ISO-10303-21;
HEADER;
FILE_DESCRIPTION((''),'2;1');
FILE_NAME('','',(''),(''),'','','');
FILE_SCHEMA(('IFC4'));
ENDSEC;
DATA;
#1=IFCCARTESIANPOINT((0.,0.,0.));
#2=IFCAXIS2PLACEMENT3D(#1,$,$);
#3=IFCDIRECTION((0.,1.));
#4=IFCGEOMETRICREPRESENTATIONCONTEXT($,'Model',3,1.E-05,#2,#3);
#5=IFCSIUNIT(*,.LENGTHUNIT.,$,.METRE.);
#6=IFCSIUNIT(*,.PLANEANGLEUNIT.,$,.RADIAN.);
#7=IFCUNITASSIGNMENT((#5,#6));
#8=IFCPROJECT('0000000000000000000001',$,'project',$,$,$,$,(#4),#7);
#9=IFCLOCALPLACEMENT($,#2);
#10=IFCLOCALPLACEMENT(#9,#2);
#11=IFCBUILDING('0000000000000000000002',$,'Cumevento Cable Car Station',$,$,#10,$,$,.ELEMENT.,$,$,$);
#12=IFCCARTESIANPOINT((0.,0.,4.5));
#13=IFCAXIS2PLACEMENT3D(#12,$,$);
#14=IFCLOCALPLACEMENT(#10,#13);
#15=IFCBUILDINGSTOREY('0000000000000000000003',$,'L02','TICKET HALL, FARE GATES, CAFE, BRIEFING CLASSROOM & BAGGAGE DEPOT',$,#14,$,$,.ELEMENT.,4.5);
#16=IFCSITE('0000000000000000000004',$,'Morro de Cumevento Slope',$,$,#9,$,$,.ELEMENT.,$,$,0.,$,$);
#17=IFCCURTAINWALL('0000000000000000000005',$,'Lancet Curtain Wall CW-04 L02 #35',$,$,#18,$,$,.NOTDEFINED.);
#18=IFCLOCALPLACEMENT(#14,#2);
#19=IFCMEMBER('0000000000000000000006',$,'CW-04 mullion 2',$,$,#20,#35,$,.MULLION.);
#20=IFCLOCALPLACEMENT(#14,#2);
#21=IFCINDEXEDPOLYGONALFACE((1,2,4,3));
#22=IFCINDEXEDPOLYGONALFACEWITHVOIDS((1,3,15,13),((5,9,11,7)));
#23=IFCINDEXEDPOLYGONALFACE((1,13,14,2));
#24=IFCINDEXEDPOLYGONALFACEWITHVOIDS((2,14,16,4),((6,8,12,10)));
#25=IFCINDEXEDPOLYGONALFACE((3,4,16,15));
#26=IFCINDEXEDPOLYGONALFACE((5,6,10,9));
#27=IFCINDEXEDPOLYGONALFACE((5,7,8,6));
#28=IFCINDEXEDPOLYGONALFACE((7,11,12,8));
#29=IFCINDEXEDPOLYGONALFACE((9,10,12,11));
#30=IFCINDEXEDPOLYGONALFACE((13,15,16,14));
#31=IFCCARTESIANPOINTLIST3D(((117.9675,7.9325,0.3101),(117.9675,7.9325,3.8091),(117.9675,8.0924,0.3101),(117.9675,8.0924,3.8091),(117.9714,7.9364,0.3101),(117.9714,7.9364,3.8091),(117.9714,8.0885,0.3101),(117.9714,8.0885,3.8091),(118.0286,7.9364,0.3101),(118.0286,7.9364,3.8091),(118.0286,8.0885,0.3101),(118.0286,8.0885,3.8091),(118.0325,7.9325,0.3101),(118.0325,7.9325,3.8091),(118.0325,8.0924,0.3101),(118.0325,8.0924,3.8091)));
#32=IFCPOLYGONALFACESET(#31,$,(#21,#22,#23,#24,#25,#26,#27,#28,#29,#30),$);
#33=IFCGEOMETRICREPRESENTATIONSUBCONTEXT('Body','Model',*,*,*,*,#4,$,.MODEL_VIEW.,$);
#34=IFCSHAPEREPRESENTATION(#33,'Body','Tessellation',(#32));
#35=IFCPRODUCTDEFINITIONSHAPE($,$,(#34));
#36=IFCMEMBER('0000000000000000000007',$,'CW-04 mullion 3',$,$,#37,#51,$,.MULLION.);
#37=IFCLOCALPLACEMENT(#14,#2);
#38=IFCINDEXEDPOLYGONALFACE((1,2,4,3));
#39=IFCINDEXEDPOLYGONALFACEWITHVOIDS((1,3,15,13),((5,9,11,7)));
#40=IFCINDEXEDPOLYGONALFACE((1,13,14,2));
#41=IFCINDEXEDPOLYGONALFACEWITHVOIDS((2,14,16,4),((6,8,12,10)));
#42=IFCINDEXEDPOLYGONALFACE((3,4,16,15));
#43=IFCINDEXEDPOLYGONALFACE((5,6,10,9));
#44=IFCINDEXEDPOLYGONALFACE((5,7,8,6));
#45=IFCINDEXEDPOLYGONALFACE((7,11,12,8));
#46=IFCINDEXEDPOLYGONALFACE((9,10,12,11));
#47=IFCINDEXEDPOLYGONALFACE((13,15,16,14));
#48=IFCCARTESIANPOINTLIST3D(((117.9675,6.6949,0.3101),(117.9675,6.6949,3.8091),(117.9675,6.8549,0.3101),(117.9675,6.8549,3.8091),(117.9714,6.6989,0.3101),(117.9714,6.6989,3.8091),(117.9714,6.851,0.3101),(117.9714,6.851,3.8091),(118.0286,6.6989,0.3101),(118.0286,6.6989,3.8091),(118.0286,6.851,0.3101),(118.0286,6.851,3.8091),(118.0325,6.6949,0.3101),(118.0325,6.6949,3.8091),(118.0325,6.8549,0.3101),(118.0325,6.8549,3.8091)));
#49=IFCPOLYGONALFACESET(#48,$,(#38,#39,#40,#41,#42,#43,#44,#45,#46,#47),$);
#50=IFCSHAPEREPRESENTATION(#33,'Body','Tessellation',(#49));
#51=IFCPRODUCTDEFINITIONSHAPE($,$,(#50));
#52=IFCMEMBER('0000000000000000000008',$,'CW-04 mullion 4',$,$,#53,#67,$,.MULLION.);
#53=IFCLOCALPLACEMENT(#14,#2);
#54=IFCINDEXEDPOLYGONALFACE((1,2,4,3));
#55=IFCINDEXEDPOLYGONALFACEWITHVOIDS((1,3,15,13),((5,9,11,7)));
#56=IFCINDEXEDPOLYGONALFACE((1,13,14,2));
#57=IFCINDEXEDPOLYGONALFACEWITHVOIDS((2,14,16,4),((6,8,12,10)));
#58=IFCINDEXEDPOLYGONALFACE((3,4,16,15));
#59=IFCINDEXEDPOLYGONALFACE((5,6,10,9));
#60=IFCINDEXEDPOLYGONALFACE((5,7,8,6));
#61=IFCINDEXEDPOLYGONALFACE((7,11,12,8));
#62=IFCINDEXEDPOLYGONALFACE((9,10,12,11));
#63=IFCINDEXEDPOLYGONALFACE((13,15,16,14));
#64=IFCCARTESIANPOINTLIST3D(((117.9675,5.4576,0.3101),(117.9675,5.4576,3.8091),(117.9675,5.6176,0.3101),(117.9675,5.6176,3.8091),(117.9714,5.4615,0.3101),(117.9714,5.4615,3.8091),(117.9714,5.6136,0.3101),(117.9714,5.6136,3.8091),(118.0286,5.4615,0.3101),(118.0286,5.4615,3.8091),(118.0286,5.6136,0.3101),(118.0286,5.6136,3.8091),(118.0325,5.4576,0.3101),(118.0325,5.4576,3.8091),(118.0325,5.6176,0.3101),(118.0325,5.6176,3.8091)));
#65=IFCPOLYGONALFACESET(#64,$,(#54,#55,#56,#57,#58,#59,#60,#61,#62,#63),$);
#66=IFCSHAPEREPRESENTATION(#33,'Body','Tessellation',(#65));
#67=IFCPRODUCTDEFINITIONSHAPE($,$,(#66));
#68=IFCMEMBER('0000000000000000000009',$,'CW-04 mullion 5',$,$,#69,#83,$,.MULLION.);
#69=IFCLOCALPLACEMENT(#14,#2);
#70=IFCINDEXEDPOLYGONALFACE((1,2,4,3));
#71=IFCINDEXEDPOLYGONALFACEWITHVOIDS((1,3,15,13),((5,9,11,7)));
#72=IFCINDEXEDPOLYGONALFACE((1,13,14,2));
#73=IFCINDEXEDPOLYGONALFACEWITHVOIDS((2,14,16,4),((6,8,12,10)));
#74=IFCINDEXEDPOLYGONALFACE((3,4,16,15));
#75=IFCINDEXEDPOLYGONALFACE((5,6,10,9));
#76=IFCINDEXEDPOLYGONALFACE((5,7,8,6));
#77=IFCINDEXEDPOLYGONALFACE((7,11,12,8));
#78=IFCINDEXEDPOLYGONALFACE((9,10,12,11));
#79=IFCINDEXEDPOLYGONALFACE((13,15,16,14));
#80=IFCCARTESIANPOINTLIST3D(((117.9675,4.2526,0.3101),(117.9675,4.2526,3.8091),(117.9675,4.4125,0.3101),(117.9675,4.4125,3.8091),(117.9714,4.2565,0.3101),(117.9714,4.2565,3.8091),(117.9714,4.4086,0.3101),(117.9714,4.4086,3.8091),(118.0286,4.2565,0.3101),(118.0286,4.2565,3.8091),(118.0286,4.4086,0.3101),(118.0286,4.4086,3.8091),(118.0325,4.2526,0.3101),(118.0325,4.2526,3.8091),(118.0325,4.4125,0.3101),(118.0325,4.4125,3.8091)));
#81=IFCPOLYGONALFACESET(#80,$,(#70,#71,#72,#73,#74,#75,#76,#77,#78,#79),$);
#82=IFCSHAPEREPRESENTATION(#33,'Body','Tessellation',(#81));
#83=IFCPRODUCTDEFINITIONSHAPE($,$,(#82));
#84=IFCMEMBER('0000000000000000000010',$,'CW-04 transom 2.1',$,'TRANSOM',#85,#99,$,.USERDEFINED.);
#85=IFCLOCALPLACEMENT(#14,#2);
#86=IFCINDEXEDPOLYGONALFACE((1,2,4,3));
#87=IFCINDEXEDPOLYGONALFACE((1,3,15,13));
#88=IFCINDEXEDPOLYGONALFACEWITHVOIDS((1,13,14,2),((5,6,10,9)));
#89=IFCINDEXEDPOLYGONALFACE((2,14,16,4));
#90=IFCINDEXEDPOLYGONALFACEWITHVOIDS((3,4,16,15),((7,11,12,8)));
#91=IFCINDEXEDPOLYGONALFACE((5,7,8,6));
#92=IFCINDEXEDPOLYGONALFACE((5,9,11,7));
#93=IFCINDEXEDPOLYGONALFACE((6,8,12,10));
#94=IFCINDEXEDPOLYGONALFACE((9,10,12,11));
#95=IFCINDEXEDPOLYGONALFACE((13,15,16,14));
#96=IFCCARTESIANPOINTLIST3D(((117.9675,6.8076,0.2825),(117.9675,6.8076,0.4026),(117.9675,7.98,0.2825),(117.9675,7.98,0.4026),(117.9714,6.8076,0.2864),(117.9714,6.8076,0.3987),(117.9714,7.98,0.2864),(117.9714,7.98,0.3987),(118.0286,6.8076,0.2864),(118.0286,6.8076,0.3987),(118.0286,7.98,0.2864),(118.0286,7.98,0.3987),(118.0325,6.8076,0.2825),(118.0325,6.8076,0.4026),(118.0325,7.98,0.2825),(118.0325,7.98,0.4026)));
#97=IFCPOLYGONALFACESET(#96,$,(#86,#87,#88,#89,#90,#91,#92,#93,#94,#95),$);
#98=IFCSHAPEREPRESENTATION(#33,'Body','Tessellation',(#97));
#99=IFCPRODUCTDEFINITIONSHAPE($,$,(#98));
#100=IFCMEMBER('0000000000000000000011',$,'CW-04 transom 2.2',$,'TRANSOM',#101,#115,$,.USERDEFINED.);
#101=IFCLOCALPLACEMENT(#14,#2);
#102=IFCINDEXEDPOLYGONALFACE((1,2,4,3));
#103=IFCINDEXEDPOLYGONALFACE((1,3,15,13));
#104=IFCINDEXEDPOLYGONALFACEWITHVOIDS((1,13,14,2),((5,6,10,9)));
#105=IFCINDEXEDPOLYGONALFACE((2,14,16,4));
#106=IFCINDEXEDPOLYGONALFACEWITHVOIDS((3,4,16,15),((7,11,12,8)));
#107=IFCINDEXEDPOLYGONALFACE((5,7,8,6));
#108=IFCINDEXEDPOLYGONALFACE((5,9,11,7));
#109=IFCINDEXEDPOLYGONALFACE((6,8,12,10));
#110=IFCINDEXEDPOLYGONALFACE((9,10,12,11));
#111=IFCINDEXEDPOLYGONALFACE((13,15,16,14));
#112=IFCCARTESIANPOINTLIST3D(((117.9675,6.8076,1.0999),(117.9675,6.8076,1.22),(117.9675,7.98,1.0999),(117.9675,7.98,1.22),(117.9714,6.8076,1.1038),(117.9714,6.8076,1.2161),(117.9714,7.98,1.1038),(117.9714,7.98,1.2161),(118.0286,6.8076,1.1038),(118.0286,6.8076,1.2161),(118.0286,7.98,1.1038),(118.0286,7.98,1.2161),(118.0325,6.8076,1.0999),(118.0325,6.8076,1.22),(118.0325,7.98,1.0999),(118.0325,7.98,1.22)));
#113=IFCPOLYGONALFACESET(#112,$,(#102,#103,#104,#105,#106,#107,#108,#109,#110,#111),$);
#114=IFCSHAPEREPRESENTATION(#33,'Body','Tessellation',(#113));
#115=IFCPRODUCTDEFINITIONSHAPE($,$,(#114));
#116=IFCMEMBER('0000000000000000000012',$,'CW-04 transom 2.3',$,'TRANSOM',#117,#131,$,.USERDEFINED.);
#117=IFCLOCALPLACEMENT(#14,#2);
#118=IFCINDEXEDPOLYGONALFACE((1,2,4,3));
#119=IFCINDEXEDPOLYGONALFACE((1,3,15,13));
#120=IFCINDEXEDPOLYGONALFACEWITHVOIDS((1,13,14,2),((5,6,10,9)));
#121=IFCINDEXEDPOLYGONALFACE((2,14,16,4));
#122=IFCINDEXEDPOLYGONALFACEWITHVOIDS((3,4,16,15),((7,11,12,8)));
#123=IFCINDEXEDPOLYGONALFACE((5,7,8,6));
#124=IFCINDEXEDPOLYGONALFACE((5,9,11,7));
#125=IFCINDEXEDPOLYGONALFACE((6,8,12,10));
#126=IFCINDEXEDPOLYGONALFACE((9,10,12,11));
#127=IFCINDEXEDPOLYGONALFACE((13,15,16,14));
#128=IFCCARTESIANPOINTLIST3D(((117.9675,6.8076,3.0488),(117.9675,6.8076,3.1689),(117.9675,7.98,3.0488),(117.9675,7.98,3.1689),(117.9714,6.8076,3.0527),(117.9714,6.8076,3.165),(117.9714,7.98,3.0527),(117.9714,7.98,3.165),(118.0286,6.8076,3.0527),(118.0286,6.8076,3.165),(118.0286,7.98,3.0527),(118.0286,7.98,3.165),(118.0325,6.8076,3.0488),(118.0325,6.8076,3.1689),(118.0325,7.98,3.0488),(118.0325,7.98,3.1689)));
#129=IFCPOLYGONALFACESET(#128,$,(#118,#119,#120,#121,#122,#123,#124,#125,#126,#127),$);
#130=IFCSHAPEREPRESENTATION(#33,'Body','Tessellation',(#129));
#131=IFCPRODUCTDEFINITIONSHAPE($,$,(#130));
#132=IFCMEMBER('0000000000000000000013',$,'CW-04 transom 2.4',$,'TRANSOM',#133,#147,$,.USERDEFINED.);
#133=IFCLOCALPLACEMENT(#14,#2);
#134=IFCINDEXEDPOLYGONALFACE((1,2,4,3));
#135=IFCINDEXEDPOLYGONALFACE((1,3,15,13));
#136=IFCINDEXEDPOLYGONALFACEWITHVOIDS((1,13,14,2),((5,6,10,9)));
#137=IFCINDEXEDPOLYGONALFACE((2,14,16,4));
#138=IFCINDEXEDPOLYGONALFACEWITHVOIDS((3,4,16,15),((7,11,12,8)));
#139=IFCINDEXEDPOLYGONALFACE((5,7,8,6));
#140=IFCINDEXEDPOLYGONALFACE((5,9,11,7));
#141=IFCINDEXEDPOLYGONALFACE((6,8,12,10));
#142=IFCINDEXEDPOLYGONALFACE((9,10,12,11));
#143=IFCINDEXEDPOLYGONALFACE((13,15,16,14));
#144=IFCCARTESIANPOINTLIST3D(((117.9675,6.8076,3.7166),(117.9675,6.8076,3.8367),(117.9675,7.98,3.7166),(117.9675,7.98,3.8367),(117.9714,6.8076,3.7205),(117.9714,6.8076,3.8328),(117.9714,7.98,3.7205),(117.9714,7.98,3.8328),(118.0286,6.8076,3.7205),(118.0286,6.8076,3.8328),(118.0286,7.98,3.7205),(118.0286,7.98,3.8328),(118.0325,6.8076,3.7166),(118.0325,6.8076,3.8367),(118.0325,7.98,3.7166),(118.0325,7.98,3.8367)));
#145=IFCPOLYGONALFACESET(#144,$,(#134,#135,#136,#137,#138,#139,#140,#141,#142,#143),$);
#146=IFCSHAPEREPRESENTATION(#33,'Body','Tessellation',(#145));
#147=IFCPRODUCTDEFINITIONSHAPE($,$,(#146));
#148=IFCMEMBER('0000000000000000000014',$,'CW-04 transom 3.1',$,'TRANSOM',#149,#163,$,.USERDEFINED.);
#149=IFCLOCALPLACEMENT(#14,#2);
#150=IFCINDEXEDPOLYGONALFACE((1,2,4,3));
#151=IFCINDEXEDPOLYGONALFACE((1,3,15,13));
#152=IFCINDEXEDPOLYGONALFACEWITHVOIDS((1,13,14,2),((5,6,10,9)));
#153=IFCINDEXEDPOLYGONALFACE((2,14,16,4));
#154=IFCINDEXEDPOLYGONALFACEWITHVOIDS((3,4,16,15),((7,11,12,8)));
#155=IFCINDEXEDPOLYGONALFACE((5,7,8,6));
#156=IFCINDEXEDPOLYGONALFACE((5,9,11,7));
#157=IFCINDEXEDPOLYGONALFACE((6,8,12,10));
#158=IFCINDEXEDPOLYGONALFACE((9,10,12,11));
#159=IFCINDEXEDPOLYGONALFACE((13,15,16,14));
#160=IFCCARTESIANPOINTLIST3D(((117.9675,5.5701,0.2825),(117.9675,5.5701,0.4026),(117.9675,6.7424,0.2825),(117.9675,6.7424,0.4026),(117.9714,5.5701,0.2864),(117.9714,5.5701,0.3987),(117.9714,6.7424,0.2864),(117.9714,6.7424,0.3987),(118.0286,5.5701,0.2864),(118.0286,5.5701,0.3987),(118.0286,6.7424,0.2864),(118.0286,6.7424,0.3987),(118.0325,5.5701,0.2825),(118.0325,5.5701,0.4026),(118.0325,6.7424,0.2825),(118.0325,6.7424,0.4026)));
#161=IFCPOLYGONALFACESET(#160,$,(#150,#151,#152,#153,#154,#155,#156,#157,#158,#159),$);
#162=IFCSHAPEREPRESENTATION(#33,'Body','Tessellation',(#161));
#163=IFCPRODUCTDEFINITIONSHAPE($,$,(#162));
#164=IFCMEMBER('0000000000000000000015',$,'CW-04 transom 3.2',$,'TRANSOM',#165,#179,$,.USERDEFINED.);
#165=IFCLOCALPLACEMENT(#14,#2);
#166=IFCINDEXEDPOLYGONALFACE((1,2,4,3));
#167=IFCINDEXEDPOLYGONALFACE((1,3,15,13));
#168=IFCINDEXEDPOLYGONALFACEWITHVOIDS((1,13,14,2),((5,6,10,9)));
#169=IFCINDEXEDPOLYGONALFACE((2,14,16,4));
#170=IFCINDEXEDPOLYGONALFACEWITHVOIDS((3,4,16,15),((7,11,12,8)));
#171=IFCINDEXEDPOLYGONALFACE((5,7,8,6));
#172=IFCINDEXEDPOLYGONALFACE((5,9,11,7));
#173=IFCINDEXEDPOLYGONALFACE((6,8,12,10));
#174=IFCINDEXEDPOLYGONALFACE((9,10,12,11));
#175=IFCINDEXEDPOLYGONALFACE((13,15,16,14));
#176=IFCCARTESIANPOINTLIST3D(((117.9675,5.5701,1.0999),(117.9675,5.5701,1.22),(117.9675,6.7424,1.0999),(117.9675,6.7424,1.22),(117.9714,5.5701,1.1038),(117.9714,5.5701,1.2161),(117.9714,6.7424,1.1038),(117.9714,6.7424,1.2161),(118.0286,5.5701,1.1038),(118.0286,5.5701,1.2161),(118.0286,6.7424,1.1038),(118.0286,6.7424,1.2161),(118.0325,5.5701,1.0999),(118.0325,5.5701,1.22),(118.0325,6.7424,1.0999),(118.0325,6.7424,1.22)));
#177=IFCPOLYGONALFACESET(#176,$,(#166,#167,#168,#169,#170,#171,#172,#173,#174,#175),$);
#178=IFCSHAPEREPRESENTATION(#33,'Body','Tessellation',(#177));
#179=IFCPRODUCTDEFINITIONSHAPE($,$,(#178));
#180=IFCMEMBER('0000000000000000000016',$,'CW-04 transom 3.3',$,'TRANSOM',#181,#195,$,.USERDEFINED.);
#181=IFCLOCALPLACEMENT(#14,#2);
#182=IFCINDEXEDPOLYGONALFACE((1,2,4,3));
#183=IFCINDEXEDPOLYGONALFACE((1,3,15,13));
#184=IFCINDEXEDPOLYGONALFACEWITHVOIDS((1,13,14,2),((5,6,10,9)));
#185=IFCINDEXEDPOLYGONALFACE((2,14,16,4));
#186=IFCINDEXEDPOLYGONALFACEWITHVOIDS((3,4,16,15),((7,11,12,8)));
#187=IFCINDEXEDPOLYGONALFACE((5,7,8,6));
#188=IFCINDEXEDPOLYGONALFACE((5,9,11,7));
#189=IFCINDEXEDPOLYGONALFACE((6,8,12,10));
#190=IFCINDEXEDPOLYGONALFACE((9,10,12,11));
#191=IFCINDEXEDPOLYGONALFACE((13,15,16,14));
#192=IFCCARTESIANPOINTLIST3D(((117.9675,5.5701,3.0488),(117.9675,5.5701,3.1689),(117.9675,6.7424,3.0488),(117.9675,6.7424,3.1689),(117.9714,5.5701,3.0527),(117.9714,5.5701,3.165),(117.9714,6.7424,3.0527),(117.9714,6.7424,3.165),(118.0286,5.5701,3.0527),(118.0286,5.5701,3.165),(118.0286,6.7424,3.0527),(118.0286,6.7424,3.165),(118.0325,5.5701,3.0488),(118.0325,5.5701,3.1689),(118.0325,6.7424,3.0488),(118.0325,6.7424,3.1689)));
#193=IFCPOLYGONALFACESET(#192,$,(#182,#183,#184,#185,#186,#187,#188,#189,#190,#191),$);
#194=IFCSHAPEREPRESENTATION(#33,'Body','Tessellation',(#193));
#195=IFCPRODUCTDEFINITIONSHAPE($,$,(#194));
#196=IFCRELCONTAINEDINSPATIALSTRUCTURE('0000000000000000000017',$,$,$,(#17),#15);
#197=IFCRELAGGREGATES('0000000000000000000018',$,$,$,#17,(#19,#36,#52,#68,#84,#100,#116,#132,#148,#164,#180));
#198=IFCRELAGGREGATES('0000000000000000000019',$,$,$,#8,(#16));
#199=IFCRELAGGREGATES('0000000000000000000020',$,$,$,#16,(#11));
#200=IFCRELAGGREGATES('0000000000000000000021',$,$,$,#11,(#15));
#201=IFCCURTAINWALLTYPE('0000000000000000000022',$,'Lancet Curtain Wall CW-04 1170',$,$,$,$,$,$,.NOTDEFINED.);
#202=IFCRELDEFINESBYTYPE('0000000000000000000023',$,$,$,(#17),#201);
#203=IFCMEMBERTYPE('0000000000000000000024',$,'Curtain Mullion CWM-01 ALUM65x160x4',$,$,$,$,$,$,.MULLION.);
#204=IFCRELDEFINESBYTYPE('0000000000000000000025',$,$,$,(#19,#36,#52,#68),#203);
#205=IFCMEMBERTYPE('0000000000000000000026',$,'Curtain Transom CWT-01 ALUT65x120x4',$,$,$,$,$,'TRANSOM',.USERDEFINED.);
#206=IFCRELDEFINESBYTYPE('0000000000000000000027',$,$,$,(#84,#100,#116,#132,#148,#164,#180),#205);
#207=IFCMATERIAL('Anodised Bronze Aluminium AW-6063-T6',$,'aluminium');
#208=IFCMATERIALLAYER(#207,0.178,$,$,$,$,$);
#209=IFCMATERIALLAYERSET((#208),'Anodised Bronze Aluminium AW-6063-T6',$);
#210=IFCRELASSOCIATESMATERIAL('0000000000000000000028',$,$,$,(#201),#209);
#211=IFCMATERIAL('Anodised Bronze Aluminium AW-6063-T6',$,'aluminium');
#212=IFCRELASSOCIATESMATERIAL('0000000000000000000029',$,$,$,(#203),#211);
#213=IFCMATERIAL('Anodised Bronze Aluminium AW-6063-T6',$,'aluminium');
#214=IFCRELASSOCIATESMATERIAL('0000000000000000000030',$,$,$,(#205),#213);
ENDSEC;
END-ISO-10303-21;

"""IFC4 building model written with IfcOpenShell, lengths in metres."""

from ifc_helpers import new_model, si_unit, direction, frame, origin, origin_2d, place, context, subcontext, project, spatial, hollow_rectangle, extrude, material, layer, layer_set, material_profile, profile_set, type_object, element, aggregate, save


model = new_model("IFC4")

# Units and contexts
model_context = context("Model", 3, precision=1e-05, world=origin(), true_north=direction((0.0, 1.0)))
body_context = subcontext(model_context, "Body", "Model", "MODEL_VIEW")
ifc_project = project(units=[si_unit("LENGTHUNIT", "METRE"), si_unit("PLANEANGLEUNIT", "RADIAN")], contexts=[model_context])

# Site, building, storey
site_placement = place(None, origin())
site = spatial("IfcSite", under=ifc_project, at=site_placement, Name="Morro de Cumevento Slope", CompositionType="ELEMENT", RefElevation=0.0)
building_placement = place(site_placement, origin())
building = spatial("IfcBuilding", under=site, at=building_placement, Name="Cumevento Cable Car Station", CompositionType="ELEMENT")
storey_placement = place(building_placement, frame((0.0, 0.0, 4.5)))
storey = spatial("IfcBuildingStorey", under=building, at=storey_placement, Name="L02", Description="TICKET HALL, FARE GATES, CAFE, BRIEFING CLASSROOM & BAGGAGE DEPOT", CompositionType="ELEMENT", Elevation=4.5)

# Curtain wall, members
ifc_material_1 = material(Name="Anodised Bronze Aluminium AW-6063-T6", Category="aluminium")
ifc_layer_1 = layer(ifc_material_1, 0.178)
ifc_layer_set_1 = layer_set([ifc_layer_1], Name="Anodised Bronze Aluminium AW-6063-T6")
curtain_wall_type = type_object("IfcCurtainWallType", Name="Lancet Curtain Wall CW-04 1170", PredefinedType="NOTDEFINED", material=ifc_layer_set_1)
curtain_wall_placement = place(storey_placement, origin())
curtain_wall = element("IfcCurtainWall", 1, at=curtain_wall_placement, inside=storey, type_object=curtain_wall_type, Name="Lancet Curtain Wall CW-04 L02 #35", PredefinedType="NOTDEFINED")
ifc_material_2 = material(Name="Anodised Bronze Aluminium AW-6063-T6", Category="aluminium")
ifc_material_profile_1 = material_profile(ifc_material_2, hollow_rectangle(XDim=0.0649, YDim=0.1599, WallThickness=0.0039, at=origin_2d()), Name="ALUM65x160x4")
ifc_profile_set_1 = profile_set([ifc_material_profile_1], Name="Anodised Bronze Aluminium AW-6063-T6")
member_type_1 = type_object("IfcMemberType", Name="Curtain Mullion CWM-01 ALUM65x160x4", PredefinedType="MULLION", material=ifc_profile_set_1)
member_1_placement = place(storey_placement, frame((118.0, 8.0125, 0.3101), z_axis=(0.0, 0.0, 1.0), x_axis=(1.0, 0.0, 0.0)))
member_1 = element("IfcMember", 2, at=member_1_placement, type_object=member_type_1, Name="CW-04 mullion 2", PredefinedType="MULLION", context=body_context, shape_type="SweptSolid", body=[
    extrude(hollow_rectangle(XDim=0.0649, YDim=0.1599, WallThickness=0.0039, at=origin_2d()), origin(), (0.0, 0.0, 1.0), 3.499),
])
member_2_placement = place(storey_placement, frame((118.0, 6.7749, 0.3101), z_axis=(0.0, 0.0, 1.0), x_axis=(1.0, 0.0, 0.0)))
member_2 = element("IfcMember", 3, at=member_2_placement, type_object=member_type_1, Name="CW-04 mullion 3", PredefinedType="MULLION", context=body_context, shape_type="SweptSolid", body=[
    extrude(hollow_rectangle(XDim=0.0649, YDim=0.1599, WallThickness=0.0039, at=origin_2d()), origin(), (0.0, 0.0, 1.0), 3.499),
])
member_3_placement = place(storey_placement, frame((118.0, 5.5376, 0.3101), z_axis=(0.0, 0.0, 1.0), x_axis=(1.0, 0.0, 0.0)))
member_3 = element("IfcMember", 4, at=member_3_placement, type_object=member_type_1, Name="CW-04 mullion 4", PredefinedType="MULLION", context=body_context, shape_type="SweptSolid", body=[
    extrude(hollow_rectangle(XDim=0.0649, YDim=0.1599, WallThickness=0.0039, at=origin_2d()), origin(), (0.0, 0.0, 1.0), 3.499),
])
member_4_placement = place(storey_placement, frame((118.0, 4.3325, 0.3101), z_axis=(0.0, 0.0, 1.0), x_axis=(1.0, 0.0, 0.0)))
member_4 = element("IfcMember", 5, at=member_4_placement, type_object=member_type_1, Name="CW-04 mullion 5", PredefinedType="MULLION", context=body_context, shape_type="SweptSolid", body=[
    extrude(hollow_rectangle(XDim=0.0649, YDim=0.1599, WallThickness=0.0039, at=origin_2d()), origin(), (0.0, 0.0, 1.0), 3.499),
])
ifc_material_3 = material(Name="Anodised Bronze Aluminium AW-6063-T6", Category="aluminium")
ifc_material_profile_2 = material_profile(ifc_material_3, hollow_rectangle(XDim=0.0649, YDim=0.1201, WallThickness=0.0039, at=origin_2d()), Name="ALUT65x120x4")
ifc_profile_set_2 = profile_set([ifc_material_profile_2], Name="Anodised Bronze Aluminium AW-6063-T6")
member_type_2 = type_object("IfcMemberType", Name="Curtain Transom CWT-01 ALUT65x120x4", ElementType="TRANSOM", PredefinedType="USERDEFINED", material=ifc_profile_set_2)
member_5_placement = place(storey_placement, frame((118.0, 7.98, 0.3425), z_axis=(0.0, -1.0, 0.0), x_axis=(1.0, 0.0, 0.0)))
member_5 = element("IfcMember", 6, at=member_5_placement, type_object=member_type_2, Name="CW-04 transom 2.1", ObjectType="TRANSOM", PredefinedType="USERDEFINED", context=body_context, shape_type="SweptSolid", body=[
    extrude(hollow_rectangle(XDim=0.0649, YDim=0.1201, WallThickness=0.0039, at=origin_2d()), origin(), (0.0, 0.0, 1.0), 1.1724),
])
member_6_placement = place(storey_placement, frame((118.0, 7.98, 1.1599), z_axis=(0.0, -1.0, 0.0), x_axis=(1.0, 0.0, 0.0)))
member_6 = element("IfcMember", 7, at=member_6_placement, type_object=member_type_2, Name="CW-04 transom 2.2", ObjectType="TRANSOM", PredefinedType="USERDEFINED", context=body_context, shape_type="SweptSolid", body=[
    extrude(hollow_rectangle(XDim=0.0649, YDim=0.1201, WallThickness=0.0039, at=origin_2d()), origin(), (0.0, 0.0, 1.0), 1.1724),
])
member_7_placement = place(storey_placement, frame((118.0, 7.98, 3.1089), z_axis=(0.0, -1.0, 0.0), x_axis=(1.0, 0.0, 0.0)))
member_7 = element("IfcMember", 8, at=member_7_placement, type_object=member_type_2, Name="CW-04 transom 2.3", ObjectType="TRANSOM", PredefinedType="USERDEFINED", context=body_context, shape_type="SweptSolid", body=[
    extrude(hollow_rectangle(XDim=0.0649, YDim=0.1201, WallThickness=0.0039, at=origin_2d()), origin(), (0.0, 0.0, 1.0), 1.1724),
])
member_8_placement = place(storey_placement, frame((118.0, 7.98, 3.7766), z_axis=(0.0, -1.0, 0.0), x_axis=(1.0, 0.0, 0.0)))
member_8 = element("IfcMember", 9, at=member_8_placement, type_object=member_type_2, Name="CW-04 transom 2.4", ObjectType="TRANSOM", PredefinedType="USERDEFINED", context=body_context, shape_type="SweptSolid", body=[
    extrude(hollow_rectangle(XDim=0.0649, YDim=0.1201, WallThickness=0.0039, at=origin_2d()), origin(), (0.0, 0.0, 1.0), 1.1724),
])
member_9_placement = place(storey_placement, frame((118.0, 6.7424, 0.3425), z_axis=(0.0, -1.0, 0.0), x_axis=(1.0, 0.0, 0.0)))
member_9 = element("IfcMember", 10, at=member_9_placement, type_object=member_type_2, Name="CW-04 transom 3.1", ObjectType="TRANSOM", PredefinedType="USERDEFINED", context=body_context, shape_type="SweptSolid", body=[
    extrude(hollow_rectangle(XDim=0.0649, YDim=0.1201, WallThickness=0.0039, at=origin_2d()), origin(), (0.0, 0.0, 1.0), 1.1724),
])
member_10_placement = place(storey_placement, frame((118.0, 6.7424, 1.1599), z_axis=(0.0, -1.0, 0.0), x_axis=(1.0, 0.0, 0.0)))
member_10 = element("IfcMember", 11, at=member_10_placement, type_object=member_type_2, Name="CW-04 transom 3.2", ObjectType="TRANSOM", PredefinedType="USERDEFINED", context=body_context, shape_type="SweptSolid", body=[
    extrude(hollow_rectangle(XDim=0.0649, YDim=0.1201, WallThickness=0.0039, at=origin_2d()), origin(), (0.0, 0.0, 1.0), 1.1724),
])
member_11_placement = place(storey_placement, frame((118.0, 6.7424, 3.1089), z_axis=(0.0, -1.0, 0.0), x_axis=(1.0, 0.0, 0.0)))
member_11 = element("IfcMember", 12, at=member_11_placement, type_object=member_type_2, Name="CW-04 transom 3.3", ObjectType="TRANSOM", PredefinedType="USERDEFINED", context=body_context, shape_type="SweptSolid", body=[
    extrude(hollow_rectangle(XDim=0.0649, YDim=0.1201, WallThickness=0.0039, at=origin_2d()), origin(), (0.0, 0.0, 1.0), 1.1724),
])

aggregate(curtain_wall, [member_1, member_2, member_3, member_4, member_5, member_6, member_7, member_8, member_9, member_10, member_11])

save(model, "model.ifc")
